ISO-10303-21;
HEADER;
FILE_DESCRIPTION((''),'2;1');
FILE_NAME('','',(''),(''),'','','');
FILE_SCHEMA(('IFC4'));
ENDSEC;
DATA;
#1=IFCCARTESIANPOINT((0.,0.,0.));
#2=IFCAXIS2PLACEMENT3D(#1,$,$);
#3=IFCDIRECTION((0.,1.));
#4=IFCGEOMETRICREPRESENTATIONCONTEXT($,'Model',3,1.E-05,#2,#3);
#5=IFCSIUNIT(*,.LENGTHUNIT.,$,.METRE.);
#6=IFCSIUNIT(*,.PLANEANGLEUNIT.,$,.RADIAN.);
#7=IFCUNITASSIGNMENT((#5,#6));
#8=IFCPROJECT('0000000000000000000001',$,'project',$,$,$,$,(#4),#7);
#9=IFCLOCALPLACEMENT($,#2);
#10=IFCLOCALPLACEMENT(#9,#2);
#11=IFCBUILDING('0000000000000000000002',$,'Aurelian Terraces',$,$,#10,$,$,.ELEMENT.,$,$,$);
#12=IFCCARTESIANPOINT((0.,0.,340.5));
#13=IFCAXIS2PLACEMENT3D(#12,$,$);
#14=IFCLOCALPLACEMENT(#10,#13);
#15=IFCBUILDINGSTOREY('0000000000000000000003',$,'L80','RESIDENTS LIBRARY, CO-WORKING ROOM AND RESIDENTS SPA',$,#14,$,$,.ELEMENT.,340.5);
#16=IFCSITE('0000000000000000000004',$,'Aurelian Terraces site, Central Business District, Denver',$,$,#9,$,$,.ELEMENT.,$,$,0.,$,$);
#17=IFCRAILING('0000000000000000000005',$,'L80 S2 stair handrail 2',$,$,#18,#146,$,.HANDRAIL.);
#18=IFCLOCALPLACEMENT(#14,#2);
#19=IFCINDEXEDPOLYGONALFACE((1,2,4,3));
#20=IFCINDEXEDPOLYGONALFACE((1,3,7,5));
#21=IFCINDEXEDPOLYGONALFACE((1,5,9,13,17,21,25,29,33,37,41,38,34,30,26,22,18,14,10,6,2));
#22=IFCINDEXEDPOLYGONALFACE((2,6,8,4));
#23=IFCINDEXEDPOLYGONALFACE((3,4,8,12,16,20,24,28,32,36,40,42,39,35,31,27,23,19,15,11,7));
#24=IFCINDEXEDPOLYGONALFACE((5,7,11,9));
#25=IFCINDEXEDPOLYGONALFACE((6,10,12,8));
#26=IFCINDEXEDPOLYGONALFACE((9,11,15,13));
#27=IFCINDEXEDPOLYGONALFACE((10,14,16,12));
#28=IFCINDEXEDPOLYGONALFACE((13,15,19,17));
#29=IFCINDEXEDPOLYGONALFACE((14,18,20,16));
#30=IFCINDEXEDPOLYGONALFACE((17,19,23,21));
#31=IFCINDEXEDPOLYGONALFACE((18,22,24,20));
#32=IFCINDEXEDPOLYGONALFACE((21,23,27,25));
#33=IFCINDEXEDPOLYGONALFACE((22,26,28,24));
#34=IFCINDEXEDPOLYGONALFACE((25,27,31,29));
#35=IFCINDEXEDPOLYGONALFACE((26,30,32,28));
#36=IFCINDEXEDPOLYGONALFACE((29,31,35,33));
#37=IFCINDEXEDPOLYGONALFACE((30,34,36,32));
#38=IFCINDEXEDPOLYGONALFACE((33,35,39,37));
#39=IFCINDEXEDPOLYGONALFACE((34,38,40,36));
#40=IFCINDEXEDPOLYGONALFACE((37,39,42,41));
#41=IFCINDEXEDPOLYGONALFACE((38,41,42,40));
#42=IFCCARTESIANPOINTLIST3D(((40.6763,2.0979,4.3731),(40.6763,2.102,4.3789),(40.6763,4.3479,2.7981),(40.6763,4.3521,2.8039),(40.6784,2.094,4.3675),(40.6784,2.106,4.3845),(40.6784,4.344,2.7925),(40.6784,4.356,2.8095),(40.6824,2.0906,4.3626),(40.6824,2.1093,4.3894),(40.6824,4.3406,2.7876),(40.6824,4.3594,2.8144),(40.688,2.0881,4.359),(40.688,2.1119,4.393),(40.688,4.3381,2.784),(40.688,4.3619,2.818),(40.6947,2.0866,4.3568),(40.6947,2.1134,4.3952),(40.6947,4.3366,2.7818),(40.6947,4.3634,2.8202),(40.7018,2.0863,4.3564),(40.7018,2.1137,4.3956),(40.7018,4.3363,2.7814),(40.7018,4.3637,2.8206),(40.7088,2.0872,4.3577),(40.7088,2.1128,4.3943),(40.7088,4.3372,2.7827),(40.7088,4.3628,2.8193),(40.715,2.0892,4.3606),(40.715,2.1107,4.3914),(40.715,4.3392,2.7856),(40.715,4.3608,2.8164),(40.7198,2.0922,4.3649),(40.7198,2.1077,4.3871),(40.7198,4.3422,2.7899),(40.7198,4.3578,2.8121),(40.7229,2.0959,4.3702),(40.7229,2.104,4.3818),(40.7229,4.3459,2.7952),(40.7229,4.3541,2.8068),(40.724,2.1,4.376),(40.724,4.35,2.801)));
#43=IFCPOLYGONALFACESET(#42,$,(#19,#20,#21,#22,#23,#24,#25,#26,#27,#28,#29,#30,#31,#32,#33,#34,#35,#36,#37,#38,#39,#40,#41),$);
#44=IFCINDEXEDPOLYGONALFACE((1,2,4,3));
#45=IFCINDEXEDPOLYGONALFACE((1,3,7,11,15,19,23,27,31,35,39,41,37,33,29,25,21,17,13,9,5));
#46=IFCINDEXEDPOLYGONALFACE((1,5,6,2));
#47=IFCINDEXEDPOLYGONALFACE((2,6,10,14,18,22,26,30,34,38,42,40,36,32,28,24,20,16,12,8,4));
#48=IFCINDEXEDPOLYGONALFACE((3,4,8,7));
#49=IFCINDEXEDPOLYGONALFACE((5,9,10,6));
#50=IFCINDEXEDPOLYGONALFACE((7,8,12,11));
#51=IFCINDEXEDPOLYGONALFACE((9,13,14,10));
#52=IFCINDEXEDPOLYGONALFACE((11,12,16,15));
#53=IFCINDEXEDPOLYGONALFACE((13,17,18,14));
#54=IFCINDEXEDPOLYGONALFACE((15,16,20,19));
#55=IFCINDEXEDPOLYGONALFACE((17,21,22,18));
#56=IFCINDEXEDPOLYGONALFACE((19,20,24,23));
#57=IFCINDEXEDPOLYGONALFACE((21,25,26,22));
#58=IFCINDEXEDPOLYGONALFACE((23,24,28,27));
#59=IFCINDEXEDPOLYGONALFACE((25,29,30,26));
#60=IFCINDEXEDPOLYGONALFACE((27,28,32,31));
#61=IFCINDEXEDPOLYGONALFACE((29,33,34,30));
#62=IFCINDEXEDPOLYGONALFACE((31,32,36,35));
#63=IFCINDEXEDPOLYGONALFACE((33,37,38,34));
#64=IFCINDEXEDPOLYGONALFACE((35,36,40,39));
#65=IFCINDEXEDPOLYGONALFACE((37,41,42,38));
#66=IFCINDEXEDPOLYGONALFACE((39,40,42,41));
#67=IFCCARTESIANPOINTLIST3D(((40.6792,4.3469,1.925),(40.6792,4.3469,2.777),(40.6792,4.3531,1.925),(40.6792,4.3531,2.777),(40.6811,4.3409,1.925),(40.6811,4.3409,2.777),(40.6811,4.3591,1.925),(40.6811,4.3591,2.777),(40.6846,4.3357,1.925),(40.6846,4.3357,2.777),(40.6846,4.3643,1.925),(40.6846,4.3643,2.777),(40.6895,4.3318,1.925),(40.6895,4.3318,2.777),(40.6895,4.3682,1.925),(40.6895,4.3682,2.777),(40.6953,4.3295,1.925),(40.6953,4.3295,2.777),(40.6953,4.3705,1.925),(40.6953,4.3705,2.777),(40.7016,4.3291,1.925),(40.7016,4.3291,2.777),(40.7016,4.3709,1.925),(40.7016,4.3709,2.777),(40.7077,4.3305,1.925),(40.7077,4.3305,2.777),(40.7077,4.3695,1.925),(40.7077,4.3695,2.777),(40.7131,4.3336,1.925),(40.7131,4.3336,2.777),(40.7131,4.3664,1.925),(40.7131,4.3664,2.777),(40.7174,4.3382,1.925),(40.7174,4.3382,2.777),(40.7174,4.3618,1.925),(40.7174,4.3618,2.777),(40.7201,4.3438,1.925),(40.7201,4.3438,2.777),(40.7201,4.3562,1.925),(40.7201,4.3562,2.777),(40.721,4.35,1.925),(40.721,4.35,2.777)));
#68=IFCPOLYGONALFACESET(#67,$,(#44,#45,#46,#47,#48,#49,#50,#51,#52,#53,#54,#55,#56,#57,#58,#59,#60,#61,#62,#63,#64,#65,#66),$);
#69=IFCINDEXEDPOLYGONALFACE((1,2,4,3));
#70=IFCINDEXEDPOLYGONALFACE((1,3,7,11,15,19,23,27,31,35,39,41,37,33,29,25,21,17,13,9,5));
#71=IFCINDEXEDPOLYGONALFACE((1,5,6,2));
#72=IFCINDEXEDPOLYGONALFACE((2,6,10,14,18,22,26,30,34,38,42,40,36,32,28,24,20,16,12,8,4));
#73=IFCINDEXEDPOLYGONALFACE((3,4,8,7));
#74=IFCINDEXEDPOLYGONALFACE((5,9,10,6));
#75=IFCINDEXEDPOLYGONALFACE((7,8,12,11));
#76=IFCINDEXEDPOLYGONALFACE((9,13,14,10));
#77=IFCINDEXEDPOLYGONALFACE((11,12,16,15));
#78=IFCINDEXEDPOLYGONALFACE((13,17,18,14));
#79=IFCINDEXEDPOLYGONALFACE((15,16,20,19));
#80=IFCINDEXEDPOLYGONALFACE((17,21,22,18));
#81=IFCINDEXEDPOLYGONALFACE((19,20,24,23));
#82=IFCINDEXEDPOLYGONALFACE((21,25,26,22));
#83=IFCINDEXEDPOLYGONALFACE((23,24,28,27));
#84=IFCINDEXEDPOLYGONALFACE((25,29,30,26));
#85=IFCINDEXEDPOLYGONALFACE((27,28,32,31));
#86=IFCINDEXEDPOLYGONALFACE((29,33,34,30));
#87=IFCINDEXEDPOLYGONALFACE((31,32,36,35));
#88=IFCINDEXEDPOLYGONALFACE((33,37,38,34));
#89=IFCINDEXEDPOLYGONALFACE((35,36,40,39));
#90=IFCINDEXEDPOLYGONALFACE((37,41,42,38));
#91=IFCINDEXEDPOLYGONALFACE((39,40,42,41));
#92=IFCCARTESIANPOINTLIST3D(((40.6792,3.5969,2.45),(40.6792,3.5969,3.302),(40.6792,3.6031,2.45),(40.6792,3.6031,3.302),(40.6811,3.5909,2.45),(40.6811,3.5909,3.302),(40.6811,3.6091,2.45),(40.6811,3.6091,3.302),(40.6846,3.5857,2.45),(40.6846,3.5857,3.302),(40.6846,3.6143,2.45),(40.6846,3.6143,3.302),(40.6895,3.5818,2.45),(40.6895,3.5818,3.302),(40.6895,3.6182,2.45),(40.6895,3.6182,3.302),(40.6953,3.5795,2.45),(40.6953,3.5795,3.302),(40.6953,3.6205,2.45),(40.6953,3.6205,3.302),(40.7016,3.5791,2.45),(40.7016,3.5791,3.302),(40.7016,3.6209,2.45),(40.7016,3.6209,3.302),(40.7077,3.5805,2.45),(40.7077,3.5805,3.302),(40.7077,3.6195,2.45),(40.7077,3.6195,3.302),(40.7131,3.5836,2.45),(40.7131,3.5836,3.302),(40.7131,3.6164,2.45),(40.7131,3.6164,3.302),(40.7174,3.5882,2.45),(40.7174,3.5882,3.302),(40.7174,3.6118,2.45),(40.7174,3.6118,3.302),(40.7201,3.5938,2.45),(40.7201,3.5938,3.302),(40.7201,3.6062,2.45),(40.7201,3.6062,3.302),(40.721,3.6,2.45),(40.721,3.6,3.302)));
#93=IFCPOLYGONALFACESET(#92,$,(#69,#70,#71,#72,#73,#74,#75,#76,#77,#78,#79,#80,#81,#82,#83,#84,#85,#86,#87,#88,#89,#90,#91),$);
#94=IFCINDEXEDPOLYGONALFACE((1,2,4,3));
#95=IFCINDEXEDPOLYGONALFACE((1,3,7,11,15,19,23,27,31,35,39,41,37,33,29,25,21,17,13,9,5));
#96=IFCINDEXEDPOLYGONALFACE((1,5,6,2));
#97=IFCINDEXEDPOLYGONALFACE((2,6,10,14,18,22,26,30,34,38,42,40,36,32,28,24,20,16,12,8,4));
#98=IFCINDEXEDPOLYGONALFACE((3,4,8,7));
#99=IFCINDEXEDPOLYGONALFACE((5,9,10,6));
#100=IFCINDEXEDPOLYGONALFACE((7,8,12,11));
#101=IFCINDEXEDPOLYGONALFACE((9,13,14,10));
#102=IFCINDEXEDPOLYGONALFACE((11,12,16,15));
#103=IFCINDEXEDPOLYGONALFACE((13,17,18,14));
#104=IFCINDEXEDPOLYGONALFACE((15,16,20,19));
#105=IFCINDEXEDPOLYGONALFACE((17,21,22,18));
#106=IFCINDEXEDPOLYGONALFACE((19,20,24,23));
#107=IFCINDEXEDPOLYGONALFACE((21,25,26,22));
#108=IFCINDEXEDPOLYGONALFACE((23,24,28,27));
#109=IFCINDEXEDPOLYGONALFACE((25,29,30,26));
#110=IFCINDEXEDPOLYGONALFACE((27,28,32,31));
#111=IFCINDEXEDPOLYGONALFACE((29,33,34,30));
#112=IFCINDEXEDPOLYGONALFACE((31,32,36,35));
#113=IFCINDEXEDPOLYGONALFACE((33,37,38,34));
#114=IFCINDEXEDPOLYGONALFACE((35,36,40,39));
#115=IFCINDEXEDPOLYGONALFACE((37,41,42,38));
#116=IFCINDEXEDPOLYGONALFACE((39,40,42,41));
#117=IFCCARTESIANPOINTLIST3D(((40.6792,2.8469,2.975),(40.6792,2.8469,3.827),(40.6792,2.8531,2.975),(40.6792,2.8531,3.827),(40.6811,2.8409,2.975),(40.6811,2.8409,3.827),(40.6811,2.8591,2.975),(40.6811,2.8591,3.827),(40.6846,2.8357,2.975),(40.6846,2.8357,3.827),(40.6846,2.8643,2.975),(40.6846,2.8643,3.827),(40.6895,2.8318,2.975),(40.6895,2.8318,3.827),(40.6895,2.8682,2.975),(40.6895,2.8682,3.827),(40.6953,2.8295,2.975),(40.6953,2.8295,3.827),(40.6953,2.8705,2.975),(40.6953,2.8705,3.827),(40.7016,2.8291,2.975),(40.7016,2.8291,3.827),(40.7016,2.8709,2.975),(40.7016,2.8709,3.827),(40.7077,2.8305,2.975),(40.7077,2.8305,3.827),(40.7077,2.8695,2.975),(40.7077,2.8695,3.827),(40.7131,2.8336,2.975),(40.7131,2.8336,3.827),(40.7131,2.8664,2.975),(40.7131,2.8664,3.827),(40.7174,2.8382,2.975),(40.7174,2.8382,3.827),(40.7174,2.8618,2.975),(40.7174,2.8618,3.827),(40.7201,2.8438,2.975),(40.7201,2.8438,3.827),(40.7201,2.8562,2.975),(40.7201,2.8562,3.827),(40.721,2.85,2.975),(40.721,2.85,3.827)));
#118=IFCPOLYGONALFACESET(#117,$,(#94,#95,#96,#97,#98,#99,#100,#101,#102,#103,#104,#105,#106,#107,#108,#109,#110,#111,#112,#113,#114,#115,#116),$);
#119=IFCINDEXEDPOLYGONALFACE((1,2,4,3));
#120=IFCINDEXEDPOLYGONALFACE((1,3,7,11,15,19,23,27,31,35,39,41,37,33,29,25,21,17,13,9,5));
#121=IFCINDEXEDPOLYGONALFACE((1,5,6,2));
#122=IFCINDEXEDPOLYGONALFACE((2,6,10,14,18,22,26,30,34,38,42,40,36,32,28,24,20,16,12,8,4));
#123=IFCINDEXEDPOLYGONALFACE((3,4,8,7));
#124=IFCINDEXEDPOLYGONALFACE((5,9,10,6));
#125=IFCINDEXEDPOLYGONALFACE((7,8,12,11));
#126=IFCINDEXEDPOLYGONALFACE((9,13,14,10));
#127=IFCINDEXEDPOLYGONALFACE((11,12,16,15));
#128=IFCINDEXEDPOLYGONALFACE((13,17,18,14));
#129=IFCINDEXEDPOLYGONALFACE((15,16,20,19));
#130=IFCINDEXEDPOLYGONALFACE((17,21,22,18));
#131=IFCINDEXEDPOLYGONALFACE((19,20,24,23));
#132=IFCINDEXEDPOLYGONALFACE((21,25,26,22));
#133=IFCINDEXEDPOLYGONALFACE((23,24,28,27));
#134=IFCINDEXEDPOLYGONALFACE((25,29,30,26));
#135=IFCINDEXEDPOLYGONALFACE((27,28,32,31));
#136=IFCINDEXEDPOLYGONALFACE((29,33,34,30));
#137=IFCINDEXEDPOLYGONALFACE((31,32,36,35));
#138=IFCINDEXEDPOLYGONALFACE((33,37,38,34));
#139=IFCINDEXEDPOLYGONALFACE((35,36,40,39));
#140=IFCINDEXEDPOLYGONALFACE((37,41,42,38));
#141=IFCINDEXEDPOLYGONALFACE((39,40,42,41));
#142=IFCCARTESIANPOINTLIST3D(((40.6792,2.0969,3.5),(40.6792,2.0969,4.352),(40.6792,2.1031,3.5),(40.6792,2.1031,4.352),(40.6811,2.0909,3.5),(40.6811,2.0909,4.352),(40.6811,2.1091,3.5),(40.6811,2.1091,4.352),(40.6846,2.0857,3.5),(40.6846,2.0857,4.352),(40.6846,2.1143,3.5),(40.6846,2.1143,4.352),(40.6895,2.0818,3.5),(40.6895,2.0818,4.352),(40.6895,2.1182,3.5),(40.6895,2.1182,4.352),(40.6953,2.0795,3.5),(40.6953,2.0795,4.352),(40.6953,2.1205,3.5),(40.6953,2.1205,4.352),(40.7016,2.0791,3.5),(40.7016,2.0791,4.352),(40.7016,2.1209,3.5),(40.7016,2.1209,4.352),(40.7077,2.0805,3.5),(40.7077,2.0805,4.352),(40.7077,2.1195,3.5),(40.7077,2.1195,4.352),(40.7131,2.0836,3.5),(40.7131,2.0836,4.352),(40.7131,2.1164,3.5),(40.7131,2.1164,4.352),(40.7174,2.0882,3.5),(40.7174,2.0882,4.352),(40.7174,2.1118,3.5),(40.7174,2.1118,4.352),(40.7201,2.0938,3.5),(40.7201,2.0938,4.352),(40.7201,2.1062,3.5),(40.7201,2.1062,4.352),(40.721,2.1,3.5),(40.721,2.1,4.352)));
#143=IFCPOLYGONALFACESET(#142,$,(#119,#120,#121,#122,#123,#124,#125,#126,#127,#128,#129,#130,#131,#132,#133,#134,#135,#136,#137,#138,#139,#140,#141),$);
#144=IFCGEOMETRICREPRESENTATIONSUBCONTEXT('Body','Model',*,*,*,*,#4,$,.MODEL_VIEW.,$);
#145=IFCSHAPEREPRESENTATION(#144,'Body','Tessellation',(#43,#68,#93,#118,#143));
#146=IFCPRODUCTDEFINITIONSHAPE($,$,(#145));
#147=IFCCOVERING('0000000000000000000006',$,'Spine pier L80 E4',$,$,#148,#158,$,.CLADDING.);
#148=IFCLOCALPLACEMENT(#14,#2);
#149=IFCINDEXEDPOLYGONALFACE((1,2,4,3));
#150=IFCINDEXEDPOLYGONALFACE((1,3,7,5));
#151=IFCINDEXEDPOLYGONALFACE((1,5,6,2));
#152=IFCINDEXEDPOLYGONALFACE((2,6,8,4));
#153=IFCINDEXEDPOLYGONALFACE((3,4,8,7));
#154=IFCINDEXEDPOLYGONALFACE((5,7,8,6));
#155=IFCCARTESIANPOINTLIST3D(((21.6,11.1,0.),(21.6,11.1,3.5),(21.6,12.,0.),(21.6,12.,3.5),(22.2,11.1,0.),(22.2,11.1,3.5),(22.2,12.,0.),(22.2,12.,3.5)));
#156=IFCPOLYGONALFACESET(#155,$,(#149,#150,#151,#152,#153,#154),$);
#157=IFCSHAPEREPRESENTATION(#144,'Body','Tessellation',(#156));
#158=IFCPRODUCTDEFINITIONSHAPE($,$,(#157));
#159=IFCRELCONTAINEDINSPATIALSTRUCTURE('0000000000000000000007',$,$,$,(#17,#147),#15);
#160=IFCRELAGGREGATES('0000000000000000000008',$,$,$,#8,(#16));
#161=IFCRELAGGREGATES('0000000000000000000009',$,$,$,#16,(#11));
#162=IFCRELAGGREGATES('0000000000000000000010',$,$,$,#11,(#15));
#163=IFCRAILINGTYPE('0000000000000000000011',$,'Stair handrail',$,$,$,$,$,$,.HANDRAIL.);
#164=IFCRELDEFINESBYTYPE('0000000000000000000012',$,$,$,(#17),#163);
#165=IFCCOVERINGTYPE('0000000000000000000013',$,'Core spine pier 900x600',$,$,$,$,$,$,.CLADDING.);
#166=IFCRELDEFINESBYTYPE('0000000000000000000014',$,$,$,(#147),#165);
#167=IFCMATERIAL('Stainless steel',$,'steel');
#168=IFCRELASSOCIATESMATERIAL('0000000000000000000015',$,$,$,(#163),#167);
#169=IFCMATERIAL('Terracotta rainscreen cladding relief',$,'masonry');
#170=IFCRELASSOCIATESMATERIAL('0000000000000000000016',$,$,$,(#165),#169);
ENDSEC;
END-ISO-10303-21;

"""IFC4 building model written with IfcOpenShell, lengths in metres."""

from ifc_helpers import new_model, si_unit, direction, frame, origin, origin_2d, place, context, subcontext, project, spatial, rectangle, circle, extrude, source, transform, mapped, material, type_object, element, save


model = new_model("IFC4")

# Units and contexts
model_context = context("Model", 3, precision=1e-05, world=origin(), true_north=direction((0.0, 1.0)))
body_context = subcontext(model_context, "Body", "Model", "MODEL_VIEW")
ifc_project = project(units=[si_unit("LENGTHUNIT", "METRE"), si_unit("PLANEANGLEUNIT", "RADIAN")], contexts=[model_context])

# Site, building, storey
site_placement = place(None, origin())
site = spatial("IfcSite", under=ifc_project, at=site_placement, Name="Aurelian Terraces site, Central Business District, Denver", CompositionType="ELEMENT", RefElevation=0.0)
building_placement = place(site_placement, origin())
building = spatial("IfcBuilding", under=site, at=building_placement, Name="Aurelian Terraces", CompositionType="ELEMENT")
storey_placement = place(building_placement, frame((0.0, 0.0, 340.5)))
storey = spatial("IfcBuildingStorey", under=building, at=storey_placement, Name="L80", Description="RESIDENTS LIBRARY, CO-WORKING ROOM AND RESIDENTS SPA", CompositionType="ELEMENT", Elevation=340.5)

# Shared definitions
ifc_material_1 = material(Name="Terracotta rainscreen cladding relief", Category="masonry")

# Railing
ifc_material_2 = material(Name="Stainless steel", Category="steel")
railing_type_1 = type_object("IfcRailingType", Name="Stair handrail", PredefinedType="HANDRAIL", material=ifc_material_2)
shared_shape_1 = source(origin(), body_context, "Body", "SweptSolid", [
    extrude(circle(Radius=0.024, at=origin_2d()), frame((0.0, 0.0, 0.876), z_axis=(0.0, -0.819232, 0.573462), x_axis=(1.0, 0.0, 0.0)), (0.0, 0.0, 1.0), 2.7465),
    extrude(circle(Radius=0.021, at=origin_2d()), origin(), (0.0, 0.0, 1.0), 0.852),
    extrude(circle(Radius=0.021, at=origin_2d()), frame((0.0, -0.75, 0.525)), (0.0, 0.0, 1.0), 0.852),
    extrude(circle(Radius=0.021, at=origin_2d()), frame((0.0, -1.5, 1.05)), (0.0, 0.0, 1.0), 0.852),
    extrude(circle(Radius=0.021, at=origin_2d()), frame((0.0, -2.25, 1.575)), (0.0, 0.0, 1.0), 0.852),
])
railing_1_placement = place(storey_placement, frame((40.7, 4.35, 1.925)))
element("IfcRailing", 1, at=railing_1_placement, inside=storey, type_object=railing_type_1, Name="L80 S2 stair handrail 2", PredefinedType="HANDRAIL", context=body_context, shape_type="MappedRepresentation", body=[
    mapped(shared_shape_1, transform((0.0, 0.0, 0.0), scale=1.0)),
])

# Covering
covering_type_1 = type_object("IfcCoveringType", Name="Core spine pier 900x600", PredefinedType="CLADDING", material=ifc_material_1)
shared_shape_2 = source(origin(), body_context, "Body", "SweptSolid", [
    extrude(rectangle(XDim=0.6, YDim=0.9, at=origin_2d()), origin(), (0.0, 0.0, 1.0), 3.5),
])
covering_1_placement = place(storey_placement, frame((21.9, 11.55, 0.0), z_axis=(0.0, 0.0, 1.0), x_axis=(1.0, 0.0, 0.0)))
element("IfcCovering", 2, at=covering_1_placement, inside=storey, type_object=covering_type_1, Name="Spine pier L80 E4", PredefinedType="CLADDING", context=body_context, shape_type="MappedRepresentation", body=[
    mapped(shared_shape_2, transform((0.0, 0.0, 0.0), scale=1.0)),
])

save(model, "model.ifc")
